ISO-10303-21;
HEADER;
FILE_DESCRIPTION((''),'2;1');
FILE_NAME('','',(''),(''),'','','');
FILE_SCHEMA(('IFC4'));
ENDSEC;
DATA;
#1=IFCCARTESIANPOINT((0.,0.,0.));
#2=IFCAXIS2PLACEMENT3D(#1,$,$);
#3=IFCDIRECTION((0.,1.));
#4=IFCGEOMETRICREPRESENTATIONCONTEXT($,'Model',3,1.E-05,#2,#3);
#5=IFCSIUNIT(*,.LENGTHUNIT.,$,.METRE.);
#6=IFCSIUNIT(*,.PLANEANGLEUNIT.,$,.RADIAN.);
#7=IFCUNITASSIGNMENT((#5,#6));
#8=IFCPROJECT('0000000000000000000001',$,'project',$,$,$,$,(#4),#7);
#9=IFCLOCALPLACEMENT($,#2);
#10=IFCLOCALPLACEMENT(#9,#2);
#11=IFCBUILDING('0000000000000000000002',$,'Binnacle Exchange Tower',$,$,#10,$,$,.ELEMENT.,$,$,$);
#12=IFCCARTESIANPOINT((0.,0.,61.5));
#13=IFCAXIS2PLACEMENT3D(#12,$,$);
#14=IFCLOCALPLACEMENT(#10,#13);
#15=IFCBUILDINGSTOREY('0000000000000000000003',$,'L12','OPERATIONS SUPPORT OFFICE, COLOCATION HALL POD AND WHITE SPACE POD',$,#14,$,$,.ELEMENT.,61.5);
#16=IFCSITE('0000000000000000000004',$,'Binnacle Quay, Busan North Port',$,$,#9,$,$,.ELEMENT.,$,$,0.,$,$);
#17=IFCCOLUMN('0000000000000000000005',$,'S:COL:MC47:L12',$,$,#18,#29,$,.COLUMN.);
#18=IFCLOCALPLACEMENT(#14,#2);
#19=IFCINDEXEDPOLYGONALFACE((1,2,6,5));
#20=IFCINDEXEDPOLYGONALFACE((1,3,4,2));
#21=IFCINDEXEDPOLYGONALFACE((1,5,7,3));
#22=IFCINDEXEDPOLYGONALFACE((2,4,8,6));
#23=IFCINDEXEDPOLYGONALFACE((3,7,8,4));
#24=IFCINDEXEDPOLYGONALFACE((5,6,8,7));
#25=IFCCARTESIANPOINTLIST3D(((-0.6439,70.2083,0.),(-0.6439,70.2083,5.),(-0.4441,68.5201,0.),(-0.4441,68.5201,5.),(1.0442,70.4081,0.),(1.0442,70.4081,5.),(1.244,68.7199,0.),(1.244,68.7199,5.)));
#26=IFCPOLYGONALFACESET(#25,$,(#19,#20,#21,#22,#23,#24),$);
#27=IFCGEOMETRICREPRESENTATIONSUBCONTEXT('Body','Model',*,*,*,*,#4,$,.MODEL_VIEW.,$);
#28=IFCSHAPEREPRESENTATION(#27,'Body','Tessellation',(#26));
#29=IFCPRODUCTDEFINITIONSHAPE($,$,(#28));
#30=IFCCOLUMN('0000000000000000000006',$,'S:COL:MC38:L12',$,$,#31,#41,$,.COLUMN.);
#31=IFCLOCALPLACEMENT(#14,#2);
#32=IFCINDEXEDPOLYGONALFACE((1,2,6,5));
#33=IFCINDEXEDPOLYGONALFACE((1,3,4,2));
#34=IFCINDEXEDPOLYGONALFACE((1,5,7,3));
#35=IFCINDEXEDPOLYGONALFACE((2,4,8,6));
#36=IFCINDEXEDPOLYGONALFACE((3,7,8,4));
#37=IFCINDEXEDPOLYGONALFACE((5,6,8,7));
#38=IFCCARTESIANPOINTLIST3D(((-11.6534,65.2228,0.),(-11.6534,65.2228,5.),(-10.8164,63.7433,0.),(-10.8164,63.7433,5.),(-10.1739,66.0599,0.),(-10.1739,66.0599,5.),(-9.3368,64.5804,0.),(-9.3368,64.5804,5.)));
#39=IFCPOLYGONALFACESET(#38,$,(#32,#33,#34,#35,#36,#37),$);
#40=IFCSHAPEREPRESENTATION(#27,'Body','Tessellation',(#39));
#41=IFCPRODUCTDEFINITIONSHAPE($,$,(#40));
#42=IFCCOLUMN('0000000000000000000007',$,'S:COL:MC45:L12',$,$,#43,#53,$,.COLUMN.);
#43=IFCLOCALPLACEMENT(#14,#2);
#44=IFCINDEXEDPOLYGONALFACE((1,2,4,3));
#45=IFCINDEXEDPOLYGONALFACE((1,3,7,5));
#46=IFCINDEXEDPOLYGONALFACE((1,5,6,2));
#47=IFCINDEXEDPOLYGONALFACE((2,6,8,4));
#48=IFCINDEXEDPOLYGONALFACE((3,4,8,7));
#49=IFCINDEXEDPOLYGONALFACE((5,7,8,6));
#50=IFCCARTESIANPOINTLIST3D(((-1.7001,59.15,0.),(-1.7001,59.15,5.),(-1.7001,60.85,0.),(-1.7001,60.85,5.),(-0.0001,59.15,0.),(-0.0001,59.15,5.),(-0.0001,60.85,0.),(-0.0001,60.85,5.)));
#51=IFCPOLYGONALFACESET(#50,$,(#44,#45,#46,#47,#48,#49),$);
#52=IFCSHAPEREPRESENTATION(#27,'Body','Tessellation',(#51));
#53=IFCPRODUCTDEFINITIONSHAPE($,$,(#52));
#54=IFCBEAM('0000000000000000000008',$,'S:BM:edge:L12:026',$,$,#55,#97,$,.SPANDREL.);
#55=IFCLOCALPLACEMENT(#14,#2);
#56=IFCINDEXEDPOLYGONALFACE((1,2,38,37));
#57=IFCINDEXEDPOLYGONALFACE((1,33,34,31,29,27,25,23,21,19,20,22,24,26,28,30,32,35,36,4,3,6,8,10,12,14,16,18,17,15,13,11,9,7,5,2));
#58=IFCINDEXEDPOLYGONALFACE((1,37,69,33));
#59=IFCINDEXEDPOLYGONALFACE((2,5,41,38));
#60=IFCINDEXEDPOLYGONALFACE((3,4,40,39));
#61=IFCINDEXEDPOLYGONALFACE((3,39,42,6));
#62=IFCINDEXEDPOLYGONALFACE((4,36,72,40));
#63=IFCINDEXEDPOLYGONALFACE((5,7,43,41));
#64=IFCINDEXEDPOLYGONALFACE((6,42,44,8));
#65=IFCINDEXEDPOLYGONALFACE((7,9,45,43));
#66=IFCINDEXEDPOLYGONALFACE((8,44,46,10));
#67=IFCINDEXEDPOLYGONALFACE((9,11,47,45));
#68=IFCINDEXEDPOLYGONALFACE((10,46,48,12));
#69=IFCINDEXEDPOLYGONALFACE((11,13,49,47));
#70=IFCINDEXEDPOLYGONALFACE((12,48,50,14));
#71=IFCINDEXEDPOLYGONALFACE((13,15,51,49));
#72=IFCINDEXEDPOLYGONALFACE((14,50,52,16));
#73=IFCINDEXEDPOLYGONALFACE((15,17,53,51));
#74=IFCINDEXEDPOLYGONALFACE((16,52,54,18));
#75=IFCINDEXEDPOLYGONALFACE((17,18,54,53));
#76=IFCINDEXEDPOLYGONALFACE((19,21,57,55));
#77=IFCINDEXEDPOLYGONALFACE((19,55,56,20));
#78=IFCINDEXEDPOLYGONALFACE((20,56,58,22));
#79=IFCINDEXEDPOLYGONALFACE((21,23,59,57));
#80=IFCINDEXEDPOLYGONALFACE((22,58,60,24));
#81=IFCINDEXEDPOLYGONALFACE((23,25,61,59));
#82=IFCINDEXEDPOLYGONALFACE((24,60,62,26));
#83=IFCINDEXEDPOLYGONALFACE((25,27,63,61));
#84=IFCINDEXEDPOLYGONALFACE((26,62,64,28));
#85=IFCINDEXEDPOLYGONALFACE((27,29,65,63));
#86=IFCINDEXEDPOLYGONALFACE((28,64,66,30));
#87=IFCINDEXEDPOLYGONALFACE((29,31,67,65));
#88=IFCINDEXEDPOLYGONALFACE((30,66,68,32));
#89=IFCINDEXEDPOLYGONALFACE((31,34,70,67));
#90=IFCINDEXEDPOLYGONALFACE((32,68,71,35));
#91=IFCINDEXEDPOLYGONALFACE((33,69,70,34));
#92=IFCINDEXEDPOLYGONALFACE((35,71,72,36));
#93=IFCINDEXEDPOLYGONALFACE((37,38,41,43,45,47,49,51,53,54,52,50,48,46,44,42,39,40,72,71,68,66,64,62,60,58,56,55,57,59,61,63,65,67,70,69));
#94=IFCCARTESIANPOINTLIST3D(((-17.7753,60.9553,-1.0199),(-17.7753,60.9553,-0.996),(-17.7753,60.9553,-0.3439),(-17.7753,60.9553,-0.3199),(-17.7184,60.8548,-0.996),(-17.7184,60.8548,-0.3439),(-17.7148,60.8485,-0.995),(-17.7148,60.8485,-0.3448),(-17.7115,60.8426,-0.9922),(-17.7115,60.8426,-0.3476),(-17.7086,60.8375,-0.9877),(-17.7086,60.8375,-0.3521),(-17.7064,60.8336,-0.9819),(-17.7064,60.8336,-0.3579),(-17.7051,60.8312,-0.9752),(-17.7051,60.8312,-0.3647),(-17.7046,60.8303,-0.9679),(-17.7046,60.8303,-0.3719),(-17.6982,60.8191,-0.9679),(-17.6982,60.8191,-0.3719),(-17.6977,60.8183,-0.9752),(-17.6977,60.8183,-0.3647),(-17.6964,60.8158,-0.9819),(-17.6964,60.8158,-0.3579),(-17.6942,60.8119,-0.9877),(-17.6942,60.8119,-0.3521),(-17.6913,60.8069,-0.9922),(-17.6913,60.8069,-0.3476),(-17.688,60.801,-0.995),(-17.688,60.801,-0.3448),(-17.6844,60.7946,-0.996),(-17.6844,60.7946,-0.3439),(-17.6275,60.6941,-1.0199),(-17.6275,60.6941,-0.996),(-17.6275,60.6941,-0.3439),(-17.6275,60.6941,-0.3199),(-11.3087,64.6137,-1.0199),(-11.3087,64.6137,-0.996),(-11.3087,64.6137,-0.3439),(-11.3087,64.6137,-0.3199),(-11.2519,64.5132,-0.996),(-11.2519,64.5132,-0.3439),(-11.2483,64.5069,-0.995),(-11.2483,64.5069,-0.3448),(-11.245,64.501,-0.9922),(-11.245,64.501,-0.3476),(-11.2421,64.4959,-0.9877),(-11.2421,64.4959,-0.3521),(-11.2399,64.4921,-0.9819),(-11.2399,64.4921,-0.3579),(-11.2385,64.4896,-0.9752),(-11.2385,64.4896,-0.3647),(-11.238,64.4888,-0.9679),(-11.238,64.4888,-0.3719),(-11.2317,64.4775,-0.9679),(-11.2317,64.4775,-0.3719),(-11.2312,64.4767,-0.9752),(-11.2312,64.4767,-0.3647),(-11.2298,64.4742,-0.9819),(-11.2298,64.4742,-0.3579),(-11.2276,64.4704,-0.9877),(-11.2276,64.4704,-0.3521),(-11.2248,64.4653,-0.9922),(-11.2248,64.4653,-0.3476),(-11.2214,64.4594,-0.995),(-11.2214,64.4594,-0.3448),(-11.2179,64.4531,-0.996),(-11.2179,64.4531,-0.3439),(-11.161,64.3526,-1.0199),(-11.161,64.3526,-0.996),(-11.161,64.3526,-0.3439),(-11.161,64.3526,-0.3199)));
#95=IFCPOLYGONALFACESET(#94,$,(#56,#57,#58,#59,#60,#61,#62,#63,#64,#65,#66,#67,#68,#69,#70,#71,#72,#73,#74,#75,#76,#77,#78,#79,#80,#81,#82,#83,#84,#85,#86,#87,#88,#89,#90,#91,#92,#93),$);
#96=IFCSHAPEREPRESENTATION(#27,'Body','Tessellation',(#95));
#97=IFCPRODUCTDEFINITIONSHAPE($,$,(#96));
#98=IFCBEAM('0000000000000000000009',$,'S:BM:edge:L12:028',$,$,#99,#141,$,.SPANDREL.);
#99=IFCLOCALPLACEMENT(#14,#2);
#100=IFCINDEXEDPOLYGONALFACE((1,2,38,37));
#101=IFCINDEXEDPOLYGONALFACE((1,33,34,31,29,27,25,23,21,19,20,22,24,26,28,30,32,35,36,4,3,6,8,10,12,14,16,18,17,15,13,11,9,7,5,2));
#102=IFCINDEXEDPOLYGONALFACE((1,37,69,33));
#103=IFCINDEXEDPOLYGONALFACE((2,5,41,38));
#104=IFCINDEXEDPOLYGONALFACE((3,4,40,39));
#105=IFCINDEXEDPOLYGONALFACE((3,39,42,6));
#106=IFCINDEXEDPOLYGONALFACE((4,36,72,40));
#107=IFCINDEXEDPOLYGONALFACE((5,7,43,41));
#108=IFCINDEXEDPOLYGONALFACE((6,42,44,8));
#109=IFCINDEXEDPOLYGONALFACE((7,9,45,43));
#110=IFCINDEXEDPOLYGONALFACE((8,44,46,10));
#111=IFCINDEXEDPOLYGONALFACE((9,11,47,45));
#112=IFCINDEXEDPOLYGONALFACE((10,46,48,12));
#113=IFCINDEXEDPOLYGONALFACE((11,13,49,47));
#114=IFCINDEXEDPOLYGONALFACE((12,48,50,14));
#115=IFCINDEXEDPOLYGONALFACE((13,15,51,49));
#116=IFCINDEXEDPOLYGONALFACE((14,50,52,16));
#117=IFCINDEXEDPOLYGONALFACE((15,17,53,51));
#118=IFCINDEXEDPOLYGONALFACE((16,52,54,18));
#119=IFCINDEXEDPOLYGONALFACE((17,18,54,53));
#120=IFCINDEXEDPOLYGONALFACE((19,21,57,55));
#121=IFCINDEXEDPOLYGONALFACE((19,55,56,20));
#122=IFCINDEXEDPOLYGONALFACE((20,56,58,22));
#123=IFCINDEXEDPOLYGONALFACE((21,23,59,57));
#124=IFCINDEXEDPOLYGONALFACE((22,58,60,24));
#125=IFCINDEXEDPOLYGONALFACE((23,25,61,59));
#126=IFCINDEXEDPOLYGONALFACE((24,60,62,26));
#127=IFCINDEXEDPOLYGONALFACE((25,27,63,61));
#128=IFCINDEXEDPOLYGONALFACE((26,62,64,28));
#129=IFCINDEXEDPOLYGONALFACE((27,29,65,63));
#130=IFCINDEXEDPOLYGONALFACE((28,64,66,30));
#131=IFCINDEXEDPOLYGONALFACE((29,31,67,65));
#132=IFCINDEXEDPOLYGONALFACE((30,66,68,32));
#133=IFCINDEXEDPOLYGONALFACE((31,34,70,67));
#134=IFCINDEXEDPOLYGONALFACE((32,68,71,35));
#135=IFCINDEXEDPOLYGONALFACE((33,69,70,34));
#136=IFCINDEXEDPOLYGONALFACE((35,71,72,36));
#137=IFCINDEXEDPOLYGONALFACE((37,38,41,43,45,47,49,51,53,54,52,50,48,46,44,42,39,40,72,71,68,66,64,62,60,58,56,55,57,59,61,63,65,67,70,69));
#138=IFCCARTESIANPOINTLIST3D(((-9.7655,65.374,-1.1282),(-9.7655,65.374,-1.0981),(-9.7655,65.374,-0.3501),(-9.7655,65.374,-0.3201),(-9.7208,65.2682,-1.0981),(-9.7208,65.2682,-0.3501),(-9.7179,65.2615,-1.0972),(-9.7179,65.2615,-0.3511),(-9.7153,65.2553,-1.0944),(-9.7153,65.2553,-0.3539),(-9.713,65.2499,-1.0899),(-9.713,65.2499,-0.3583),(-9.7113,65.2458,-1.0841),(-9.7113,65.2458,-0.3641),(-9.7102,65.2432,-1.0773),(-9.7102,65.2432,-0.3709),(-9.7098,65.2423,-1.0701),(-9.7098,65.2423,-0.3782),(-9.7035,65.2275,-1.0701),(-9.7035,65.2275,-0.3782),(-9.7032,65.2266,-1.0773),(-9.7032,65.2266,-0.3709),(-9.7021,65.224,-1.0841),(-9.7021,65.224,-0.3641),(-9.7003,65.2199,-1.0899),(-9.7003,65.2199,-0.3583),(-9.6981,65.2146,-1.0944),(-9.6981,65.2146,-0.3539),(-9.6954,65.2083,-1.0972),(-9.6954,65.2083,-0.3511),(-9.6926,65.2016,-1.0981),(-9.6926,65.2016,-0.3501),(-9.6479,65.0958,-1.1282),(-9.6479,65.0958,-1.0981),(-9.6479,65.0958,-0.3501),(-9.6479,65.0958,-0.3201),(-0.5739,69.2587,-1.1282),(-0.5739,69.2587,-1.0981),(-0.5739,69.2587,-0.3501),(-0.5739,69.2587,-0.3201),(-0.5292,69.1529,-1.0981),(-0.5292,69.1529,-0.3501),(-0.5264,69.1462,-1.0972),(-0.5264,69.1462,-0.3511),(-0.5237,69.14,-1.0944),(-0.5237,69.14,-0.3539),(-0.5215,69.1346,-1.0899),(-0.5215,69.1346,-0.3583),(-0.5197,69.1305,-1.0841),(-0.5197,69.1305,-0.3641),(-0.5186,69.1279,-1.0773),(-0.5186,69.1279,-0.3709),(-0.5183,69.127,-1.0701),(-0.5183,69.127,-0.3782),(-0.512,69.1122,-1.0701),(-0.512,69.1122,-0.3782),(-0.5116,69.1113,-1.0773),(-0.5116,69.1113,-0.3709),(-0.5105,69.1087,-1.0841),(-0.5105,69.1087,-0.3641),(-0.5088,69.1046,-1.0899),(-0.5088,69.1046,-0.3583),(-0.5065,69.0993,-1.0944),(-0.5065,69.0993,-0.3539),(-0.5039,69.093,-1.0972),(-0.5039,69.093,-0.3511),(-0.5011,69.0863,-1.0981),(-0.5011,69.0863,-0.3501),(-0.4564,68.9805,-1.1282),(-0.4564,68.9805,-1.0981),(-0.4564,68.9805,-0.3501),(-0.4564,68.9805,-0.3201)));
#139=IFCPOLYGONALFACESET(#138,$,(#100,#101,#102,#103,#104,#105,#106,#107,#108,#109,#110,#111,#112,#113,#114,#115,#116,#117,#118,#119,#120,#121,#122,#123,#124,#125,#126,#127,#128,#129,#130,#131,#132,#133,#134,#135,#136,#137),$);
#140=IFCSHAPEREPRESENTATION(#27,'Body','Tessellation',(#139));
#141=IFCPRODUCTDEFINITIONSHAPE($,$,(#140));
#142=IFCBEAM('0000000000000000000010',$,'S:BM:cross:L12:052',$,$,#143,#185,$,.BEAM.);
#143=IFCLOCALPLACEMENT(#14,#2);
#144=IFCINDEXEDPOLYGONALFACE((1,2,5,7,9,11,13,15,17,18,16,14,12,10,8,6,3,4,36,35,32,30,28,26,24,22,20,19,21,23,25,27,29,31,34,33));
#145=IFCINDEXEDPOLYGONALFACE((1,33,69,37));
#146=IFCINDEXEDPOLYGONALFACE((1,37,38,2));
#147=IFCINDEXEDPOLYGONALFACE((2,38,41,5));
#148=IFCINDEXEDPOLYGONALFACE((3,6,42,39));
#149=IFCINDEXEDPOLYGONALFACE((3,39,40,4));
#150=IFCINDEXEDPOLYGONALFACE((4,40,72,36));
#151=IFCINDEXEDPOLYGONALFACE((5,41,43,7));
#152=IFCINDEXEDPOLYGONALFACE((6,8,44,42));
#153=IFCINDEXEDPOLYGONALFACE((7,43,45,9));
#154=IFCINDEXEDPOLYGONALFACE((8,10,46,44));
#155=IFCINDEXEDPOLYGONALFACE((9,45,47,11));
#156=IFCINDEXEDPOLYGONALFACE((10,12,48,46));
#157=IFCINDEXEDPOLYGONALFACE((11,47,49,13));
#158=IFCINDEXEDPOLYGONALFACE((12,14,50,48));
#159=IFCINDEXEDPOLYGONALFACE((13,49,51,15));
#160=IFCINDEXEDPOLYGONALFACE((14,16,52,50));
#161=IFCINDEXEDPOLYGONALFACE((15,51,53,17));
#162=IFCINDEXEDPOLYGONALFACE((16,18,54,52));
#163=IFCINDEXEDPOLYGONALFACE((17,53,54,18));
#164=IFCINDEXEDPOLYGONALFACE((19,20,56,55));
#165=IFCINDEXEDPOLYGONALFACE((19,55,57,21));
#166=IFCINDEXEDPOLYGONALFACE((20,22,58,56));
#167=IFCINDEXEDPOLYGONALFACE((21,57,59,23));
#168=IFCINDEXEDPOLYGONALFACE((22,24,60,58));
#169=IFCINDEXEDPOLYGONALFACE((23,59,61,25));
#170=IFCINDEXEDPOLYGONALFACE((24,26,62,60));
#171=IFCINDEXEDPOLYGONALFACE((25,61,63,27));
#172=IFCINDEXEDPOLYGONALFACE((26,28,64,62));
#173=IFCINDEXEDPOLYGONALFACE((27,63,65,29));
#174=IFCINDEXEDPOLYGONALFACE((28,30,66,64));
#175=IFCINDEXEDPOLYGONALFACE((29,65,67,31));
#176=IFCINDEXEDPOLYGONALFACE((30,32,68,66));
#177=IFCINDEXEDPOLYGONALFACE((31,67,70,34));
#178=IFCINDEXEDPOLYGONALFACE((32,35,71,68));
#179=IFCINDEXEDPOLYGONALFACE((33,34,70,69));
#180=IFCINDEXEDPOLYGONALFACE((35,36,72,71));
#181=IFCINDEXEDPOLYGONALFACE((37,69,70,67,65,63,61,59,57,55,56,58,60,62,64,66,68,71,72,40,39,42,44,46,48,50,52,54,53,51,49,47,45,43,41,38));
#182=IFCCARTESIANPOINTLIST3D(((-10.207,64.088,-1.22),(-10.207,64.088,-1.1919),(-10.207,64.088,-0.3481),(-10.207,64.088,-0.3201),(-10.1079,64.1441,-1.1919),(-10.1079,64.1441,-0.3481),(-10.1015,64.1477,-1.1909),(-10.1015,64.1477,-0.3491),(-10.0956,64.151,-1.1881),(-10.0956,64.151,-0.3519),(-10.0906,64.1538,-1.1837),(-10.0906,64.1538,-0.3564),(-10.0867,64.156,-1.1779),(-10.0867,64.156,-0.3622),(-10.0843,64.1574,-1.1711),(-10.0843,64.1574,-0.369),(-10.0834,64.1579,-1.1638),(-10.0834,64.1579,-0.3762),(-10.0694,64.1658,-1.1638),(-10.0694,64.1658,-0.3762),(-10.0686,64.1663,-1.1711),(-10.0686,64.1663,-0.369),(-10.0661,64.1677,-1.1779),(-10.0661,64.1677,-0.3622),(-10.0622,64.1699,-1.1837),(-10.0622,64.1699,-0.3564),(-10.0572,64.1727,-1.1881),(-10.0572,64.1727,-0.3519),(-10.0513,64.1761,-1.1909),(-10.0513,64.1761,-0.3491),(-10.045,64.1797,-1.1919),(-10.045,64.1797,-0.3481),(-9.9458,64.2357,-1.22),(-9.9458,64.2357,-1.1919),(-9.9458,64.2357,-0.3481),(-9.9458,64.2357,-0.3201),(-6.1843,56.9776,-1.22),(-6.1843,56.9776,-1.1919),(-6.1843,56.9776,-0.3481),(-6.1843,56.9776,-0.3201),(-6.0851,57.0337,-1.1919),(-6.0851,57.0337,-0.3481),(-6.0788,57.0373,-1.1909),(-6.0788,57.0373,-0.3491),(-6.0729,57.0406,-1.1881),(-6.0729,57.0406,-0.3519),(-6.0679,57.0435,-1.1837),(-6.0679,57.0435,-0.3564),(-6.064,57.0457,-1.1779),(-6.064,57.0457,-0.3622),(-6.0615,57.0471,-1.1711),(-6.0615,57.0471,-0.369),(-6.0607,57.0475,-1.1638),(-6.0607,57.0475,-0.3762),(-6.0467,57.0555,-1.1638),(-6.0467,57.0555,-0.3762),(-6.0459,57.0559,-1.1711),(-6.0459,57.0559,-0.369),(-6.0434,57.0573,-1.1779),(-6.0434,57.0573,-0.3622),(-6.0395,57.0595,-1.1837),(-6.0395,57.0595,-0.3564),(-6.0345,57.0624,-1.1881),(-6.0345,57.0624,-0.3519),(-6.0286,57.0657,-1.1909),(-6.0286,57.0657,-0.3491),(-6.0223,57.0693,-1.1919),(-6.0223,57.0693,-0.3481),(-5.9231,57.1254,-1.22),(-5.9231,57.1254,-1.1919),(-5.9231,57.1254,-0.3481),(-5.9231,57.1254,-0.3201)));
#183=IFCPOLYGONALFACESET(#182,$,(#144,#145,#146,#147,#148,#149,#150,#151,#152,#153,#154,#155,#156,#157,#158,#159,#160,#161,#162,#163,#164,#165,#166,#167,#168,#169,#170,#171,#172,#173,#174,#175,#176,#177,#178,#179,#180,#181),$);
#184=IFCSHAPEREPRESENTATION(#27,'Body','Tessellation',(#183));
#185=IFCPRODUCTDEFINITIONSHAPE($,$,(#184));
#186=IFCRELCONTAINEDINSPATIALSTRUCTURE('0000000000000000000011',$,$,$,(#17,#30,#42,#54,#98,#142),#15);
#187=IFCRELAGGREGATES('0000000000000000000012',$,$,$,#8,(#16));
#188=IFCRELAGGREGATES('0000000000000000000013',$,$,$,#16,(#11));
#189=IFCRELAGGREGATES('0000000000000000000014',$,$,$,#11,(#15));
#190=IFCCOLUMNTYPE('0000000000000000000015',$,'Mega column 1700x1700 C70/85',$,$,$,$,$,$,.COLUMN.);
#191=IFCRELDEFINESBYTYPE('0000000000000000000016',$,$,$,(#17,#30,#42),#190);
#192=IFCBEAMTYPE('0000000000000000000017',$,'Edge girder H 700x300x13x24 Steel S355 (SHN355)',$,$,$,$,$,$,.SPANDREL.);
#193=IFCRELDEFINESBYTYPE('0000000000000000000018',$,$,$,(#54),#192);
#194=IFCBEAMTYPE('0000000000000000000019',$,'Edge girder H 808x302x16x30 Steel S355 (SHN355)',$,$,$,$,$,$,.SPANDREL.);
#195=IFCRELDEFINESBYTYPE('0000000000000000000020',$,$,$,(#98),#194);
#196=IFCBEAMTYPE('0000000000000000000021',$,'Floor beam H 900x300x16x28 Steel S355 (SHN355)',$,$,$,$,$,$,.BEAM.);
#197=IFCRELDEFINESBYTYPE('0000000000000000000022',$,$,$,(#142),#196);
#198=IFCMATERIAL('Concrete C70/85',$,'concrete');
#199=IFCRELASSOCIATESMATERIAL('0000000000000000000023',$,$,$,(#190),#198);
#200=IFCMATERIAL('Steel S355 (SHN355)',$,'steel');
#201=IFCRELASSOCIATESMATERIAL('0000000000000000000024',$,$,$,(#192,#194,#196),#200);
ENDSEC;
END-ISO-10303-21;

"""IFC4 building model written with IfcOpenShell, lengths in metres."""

from ifc_helpers import new_model, si_unit, direction, frame, origin, origin_2d, place, context, subcontext, project, spatial, rectangle, i_section, extrude, material, material_profile, profile_set, type_object, element, save


model = new_model("IFC4")

# Units and contexts
model_context = context("Model", 3, precision=1e-05, world=origin(), true_north=direction((0.0, 1.0)))
body_context = subcontext(model_context, "Body", "Model", "MODEL_VIEW")
ifc_project = project(units=[si_unit("LENGTHUNIT", "METRE"), si_unit("PLANEANGLEUNIT", "RADIAN")], contexts=[model_context])

# Site, building, storey
site_placement = place(None, origin())
site = spatial("IfcSite", under=ifc_project, at=site_placement, Name="Binnacle Quay, Busan North Port", CompositionType="ELEMENT", RefElevation=0.0)
building_placement = place(site_placement, origin())
building = spatial("IfcBuilding", under=site, at=building_placement, Name="Binnacle Exchange Tower", CompositionType="ELEMENT")
storey_placement = place(building_placement, frame((0.0, 0.0, 61.5)))
storey = spatial("IfcBuildingStorey", under=building, at=storey_placement, Name="L12", Description="OPERATIONS SUPPORT OFFICE, COLOCATION HALL POD AND WHITE SPACE POD", CompositionType="ELEMENT", Elevation=61.5)

# Columns
ifc_material_1 = material(Name="Concrete C70/85", Category="concrete")
ifc_material_profile_1 = material_profile(ifc_material_1, rectangle(XDim=1.7, YDim=1.7, at=origin_2d()), Name="Mega column 1700x1700 C70/85")
ifc_profile_set_1 = profile_set([ifc_material_profile_1], Name="Concrete C70/85")
column_type = type_object("IfcColumnType", Name="Mega column 1700x1700 C70/85", PredefinedType="COLUMN", material=ifc_profile_set_1)
for number, where, z_axis, x_axis, name in (
    (1, (0.3, 69.4641, 0.0), (0.0, 0.0, 1.0), (-0.993068, -0.117537, 0.0), "S:COL:MC47:L12"),
    (2, (-10.4951, 64.9016, 0.0), (0.0, 0.0, 1.0), (-0.870356, -0.492424, 0.0), "S:COL:MC38:L12"),
    (3, (-0.8501, 60.0, 0.0), (0.0, 0.0, 1.0), (0.0, 1.0, 0.0), "S:COL:MC45:L12"),
):
    element("IfcColumn", number, at=place(storey_placement, frame(where, z_axis=z_axis, x_axis=x_axis)), inside=storey, type_object=column_type, Name=name, PredefinedType="COLUMN", context=body_context, shape_type="SweptSolid", body=[
        extrude(rectangle(XDim=1.7, YDim=1.7, at=origin_2d()), origin(), (0.0, 0.0, 1.0), 5.0),
    ])

# Beams
ifc_material_2 = material(Name="Steel S355 (SHN355)", Category="steel")
ifc_material_profile_2 = material_profile(ifc_material_2, i_section(OverallWidth=0.3, OverallDepth=0.7, WebThickness=0.0129, FlangeThickness=0.0239, FilletRadius=0.0281, at=origin_2d()), Name="H 700x300x13x24")
ifc_profile_set_2 = profile_set([ifc_material_profile_2], Name="Steel S355 (SHN355)")
beam_type_1 = type_object("IfcBeamType", Name="Edge girder H 700x300x13x24 Steel S355 (SHN355)", PredefinedType="SPANDREL", material=ifc_profile_set_2)
beam_1_placement = place(storey_placement, frame((-11.2349, 64.4832, -0.6699), z_axis=(-0.870364, -0.492408, 0.0), x_axis=(0.492408, -0.870364, 0.0)))
element("IfcBeam", 4, at=beam_1_placement, inside=storey, type_object=beam_type_1, Name="S:BM:edge:L12:026", PredefinedType="SPANDREL", context=body_context, shape_type="SweptSolid", body=[
    extrude(i_section(OverallWidth=0.3, OverallDepth=0.7, WebThickness=0.0129, FlangeThickness=0.0239, FilletRadius=0.0281, at=origin_2d()), origin(), (0.0, 0.0, 1.0), 7.4297),
])
ifc_material_profile_3 = material_profile(ifc_material_2, i_section(OverallWidth=0.302, OverallDepth=0.8081, WebThickness=0.0161, FlangeThickness=0.03, FilletRadius=0.0281, at=origin_2d()), Name="H 808x302x16x30")
ifc_profile_set_3 = profile_set([ifc_material_profile_3], Name="Steel S355 (SHN355)")
beam_type_2 = type_object("IfcBeamType", Name="Edge girder H 808x302x16x30 Steel S355 (SHN355)", PredefinedType="SPANDREL", material=ifc_profile_set_3)
beam_2_placement = place(storey_placement, frame((-0.5151, 69.1196, -0.7241), z_axis=(-0.921111, -0.389299, 0.0), x_axis=(0.389299, -0.921111, 0.0)))
element("IfcBeam", 5, at=beam_2_placement, inside=storey, type_object=beam_type_2, Name="S:BM:edge:L12:028", PredefinedType="SPANDREL", context=body_context, shape_type="SweptSolid", body=[
    extrude(i_section(OverallWidth=0.302, OverallDepth=0.8081, WebThickness=0.0161, FlangeThickness=0.03, FilletRadius=0.0281, at=origin_2d()), origin(), (0.0, 0.0, 1.0), 9.9788),
])
ifc_material_profile_4 = material_profile(ifc_material_2, i_section(OverallWidth=0.3, OverallDepth=0.8999, WebThickness=0.0161, FlangeThickness=0.0281, FilletRadius=0.0281, at=origin_2d()), Name="H 900x300x16x28")
ifc_profile_set_4 = profile_set([ifc_material_profile_4], Name="Steel S355 (SHN355)")
beam_type_3 = type_object("IfcBeamType", Name="Floor beam H 900x300x16x28 Steel S355 (SHN355)", PredefinedType="BEAM", material=ifc_profile_set_4)
beam_3_placement = place(storey_placement, frame((-10.0764, 64.1619, -0.77), z_axis=(0.492411, -0.870363, 0.0), x_axis=(0.870363, 0.492411, 0.0)))
element("IfcBeam", 6, at=beam_3_placement, inside=storey, type_object=beam_type_3, Name="S:BM:cross:L12:052", PredefinedType="BEAM", context=body_context, shape_type="SweptSolid", body=[
    extrude(i_section(OverallWidth=0.3, OverallDepth=0.8999, WebThickness=0.0161, FlangeThickness=0.0281, FilletRadius=0.0281, at=origin_2d()), origin(), (0.0, 0.0, 1.0), 8.1694),
])

save(model, "model.ifc")
